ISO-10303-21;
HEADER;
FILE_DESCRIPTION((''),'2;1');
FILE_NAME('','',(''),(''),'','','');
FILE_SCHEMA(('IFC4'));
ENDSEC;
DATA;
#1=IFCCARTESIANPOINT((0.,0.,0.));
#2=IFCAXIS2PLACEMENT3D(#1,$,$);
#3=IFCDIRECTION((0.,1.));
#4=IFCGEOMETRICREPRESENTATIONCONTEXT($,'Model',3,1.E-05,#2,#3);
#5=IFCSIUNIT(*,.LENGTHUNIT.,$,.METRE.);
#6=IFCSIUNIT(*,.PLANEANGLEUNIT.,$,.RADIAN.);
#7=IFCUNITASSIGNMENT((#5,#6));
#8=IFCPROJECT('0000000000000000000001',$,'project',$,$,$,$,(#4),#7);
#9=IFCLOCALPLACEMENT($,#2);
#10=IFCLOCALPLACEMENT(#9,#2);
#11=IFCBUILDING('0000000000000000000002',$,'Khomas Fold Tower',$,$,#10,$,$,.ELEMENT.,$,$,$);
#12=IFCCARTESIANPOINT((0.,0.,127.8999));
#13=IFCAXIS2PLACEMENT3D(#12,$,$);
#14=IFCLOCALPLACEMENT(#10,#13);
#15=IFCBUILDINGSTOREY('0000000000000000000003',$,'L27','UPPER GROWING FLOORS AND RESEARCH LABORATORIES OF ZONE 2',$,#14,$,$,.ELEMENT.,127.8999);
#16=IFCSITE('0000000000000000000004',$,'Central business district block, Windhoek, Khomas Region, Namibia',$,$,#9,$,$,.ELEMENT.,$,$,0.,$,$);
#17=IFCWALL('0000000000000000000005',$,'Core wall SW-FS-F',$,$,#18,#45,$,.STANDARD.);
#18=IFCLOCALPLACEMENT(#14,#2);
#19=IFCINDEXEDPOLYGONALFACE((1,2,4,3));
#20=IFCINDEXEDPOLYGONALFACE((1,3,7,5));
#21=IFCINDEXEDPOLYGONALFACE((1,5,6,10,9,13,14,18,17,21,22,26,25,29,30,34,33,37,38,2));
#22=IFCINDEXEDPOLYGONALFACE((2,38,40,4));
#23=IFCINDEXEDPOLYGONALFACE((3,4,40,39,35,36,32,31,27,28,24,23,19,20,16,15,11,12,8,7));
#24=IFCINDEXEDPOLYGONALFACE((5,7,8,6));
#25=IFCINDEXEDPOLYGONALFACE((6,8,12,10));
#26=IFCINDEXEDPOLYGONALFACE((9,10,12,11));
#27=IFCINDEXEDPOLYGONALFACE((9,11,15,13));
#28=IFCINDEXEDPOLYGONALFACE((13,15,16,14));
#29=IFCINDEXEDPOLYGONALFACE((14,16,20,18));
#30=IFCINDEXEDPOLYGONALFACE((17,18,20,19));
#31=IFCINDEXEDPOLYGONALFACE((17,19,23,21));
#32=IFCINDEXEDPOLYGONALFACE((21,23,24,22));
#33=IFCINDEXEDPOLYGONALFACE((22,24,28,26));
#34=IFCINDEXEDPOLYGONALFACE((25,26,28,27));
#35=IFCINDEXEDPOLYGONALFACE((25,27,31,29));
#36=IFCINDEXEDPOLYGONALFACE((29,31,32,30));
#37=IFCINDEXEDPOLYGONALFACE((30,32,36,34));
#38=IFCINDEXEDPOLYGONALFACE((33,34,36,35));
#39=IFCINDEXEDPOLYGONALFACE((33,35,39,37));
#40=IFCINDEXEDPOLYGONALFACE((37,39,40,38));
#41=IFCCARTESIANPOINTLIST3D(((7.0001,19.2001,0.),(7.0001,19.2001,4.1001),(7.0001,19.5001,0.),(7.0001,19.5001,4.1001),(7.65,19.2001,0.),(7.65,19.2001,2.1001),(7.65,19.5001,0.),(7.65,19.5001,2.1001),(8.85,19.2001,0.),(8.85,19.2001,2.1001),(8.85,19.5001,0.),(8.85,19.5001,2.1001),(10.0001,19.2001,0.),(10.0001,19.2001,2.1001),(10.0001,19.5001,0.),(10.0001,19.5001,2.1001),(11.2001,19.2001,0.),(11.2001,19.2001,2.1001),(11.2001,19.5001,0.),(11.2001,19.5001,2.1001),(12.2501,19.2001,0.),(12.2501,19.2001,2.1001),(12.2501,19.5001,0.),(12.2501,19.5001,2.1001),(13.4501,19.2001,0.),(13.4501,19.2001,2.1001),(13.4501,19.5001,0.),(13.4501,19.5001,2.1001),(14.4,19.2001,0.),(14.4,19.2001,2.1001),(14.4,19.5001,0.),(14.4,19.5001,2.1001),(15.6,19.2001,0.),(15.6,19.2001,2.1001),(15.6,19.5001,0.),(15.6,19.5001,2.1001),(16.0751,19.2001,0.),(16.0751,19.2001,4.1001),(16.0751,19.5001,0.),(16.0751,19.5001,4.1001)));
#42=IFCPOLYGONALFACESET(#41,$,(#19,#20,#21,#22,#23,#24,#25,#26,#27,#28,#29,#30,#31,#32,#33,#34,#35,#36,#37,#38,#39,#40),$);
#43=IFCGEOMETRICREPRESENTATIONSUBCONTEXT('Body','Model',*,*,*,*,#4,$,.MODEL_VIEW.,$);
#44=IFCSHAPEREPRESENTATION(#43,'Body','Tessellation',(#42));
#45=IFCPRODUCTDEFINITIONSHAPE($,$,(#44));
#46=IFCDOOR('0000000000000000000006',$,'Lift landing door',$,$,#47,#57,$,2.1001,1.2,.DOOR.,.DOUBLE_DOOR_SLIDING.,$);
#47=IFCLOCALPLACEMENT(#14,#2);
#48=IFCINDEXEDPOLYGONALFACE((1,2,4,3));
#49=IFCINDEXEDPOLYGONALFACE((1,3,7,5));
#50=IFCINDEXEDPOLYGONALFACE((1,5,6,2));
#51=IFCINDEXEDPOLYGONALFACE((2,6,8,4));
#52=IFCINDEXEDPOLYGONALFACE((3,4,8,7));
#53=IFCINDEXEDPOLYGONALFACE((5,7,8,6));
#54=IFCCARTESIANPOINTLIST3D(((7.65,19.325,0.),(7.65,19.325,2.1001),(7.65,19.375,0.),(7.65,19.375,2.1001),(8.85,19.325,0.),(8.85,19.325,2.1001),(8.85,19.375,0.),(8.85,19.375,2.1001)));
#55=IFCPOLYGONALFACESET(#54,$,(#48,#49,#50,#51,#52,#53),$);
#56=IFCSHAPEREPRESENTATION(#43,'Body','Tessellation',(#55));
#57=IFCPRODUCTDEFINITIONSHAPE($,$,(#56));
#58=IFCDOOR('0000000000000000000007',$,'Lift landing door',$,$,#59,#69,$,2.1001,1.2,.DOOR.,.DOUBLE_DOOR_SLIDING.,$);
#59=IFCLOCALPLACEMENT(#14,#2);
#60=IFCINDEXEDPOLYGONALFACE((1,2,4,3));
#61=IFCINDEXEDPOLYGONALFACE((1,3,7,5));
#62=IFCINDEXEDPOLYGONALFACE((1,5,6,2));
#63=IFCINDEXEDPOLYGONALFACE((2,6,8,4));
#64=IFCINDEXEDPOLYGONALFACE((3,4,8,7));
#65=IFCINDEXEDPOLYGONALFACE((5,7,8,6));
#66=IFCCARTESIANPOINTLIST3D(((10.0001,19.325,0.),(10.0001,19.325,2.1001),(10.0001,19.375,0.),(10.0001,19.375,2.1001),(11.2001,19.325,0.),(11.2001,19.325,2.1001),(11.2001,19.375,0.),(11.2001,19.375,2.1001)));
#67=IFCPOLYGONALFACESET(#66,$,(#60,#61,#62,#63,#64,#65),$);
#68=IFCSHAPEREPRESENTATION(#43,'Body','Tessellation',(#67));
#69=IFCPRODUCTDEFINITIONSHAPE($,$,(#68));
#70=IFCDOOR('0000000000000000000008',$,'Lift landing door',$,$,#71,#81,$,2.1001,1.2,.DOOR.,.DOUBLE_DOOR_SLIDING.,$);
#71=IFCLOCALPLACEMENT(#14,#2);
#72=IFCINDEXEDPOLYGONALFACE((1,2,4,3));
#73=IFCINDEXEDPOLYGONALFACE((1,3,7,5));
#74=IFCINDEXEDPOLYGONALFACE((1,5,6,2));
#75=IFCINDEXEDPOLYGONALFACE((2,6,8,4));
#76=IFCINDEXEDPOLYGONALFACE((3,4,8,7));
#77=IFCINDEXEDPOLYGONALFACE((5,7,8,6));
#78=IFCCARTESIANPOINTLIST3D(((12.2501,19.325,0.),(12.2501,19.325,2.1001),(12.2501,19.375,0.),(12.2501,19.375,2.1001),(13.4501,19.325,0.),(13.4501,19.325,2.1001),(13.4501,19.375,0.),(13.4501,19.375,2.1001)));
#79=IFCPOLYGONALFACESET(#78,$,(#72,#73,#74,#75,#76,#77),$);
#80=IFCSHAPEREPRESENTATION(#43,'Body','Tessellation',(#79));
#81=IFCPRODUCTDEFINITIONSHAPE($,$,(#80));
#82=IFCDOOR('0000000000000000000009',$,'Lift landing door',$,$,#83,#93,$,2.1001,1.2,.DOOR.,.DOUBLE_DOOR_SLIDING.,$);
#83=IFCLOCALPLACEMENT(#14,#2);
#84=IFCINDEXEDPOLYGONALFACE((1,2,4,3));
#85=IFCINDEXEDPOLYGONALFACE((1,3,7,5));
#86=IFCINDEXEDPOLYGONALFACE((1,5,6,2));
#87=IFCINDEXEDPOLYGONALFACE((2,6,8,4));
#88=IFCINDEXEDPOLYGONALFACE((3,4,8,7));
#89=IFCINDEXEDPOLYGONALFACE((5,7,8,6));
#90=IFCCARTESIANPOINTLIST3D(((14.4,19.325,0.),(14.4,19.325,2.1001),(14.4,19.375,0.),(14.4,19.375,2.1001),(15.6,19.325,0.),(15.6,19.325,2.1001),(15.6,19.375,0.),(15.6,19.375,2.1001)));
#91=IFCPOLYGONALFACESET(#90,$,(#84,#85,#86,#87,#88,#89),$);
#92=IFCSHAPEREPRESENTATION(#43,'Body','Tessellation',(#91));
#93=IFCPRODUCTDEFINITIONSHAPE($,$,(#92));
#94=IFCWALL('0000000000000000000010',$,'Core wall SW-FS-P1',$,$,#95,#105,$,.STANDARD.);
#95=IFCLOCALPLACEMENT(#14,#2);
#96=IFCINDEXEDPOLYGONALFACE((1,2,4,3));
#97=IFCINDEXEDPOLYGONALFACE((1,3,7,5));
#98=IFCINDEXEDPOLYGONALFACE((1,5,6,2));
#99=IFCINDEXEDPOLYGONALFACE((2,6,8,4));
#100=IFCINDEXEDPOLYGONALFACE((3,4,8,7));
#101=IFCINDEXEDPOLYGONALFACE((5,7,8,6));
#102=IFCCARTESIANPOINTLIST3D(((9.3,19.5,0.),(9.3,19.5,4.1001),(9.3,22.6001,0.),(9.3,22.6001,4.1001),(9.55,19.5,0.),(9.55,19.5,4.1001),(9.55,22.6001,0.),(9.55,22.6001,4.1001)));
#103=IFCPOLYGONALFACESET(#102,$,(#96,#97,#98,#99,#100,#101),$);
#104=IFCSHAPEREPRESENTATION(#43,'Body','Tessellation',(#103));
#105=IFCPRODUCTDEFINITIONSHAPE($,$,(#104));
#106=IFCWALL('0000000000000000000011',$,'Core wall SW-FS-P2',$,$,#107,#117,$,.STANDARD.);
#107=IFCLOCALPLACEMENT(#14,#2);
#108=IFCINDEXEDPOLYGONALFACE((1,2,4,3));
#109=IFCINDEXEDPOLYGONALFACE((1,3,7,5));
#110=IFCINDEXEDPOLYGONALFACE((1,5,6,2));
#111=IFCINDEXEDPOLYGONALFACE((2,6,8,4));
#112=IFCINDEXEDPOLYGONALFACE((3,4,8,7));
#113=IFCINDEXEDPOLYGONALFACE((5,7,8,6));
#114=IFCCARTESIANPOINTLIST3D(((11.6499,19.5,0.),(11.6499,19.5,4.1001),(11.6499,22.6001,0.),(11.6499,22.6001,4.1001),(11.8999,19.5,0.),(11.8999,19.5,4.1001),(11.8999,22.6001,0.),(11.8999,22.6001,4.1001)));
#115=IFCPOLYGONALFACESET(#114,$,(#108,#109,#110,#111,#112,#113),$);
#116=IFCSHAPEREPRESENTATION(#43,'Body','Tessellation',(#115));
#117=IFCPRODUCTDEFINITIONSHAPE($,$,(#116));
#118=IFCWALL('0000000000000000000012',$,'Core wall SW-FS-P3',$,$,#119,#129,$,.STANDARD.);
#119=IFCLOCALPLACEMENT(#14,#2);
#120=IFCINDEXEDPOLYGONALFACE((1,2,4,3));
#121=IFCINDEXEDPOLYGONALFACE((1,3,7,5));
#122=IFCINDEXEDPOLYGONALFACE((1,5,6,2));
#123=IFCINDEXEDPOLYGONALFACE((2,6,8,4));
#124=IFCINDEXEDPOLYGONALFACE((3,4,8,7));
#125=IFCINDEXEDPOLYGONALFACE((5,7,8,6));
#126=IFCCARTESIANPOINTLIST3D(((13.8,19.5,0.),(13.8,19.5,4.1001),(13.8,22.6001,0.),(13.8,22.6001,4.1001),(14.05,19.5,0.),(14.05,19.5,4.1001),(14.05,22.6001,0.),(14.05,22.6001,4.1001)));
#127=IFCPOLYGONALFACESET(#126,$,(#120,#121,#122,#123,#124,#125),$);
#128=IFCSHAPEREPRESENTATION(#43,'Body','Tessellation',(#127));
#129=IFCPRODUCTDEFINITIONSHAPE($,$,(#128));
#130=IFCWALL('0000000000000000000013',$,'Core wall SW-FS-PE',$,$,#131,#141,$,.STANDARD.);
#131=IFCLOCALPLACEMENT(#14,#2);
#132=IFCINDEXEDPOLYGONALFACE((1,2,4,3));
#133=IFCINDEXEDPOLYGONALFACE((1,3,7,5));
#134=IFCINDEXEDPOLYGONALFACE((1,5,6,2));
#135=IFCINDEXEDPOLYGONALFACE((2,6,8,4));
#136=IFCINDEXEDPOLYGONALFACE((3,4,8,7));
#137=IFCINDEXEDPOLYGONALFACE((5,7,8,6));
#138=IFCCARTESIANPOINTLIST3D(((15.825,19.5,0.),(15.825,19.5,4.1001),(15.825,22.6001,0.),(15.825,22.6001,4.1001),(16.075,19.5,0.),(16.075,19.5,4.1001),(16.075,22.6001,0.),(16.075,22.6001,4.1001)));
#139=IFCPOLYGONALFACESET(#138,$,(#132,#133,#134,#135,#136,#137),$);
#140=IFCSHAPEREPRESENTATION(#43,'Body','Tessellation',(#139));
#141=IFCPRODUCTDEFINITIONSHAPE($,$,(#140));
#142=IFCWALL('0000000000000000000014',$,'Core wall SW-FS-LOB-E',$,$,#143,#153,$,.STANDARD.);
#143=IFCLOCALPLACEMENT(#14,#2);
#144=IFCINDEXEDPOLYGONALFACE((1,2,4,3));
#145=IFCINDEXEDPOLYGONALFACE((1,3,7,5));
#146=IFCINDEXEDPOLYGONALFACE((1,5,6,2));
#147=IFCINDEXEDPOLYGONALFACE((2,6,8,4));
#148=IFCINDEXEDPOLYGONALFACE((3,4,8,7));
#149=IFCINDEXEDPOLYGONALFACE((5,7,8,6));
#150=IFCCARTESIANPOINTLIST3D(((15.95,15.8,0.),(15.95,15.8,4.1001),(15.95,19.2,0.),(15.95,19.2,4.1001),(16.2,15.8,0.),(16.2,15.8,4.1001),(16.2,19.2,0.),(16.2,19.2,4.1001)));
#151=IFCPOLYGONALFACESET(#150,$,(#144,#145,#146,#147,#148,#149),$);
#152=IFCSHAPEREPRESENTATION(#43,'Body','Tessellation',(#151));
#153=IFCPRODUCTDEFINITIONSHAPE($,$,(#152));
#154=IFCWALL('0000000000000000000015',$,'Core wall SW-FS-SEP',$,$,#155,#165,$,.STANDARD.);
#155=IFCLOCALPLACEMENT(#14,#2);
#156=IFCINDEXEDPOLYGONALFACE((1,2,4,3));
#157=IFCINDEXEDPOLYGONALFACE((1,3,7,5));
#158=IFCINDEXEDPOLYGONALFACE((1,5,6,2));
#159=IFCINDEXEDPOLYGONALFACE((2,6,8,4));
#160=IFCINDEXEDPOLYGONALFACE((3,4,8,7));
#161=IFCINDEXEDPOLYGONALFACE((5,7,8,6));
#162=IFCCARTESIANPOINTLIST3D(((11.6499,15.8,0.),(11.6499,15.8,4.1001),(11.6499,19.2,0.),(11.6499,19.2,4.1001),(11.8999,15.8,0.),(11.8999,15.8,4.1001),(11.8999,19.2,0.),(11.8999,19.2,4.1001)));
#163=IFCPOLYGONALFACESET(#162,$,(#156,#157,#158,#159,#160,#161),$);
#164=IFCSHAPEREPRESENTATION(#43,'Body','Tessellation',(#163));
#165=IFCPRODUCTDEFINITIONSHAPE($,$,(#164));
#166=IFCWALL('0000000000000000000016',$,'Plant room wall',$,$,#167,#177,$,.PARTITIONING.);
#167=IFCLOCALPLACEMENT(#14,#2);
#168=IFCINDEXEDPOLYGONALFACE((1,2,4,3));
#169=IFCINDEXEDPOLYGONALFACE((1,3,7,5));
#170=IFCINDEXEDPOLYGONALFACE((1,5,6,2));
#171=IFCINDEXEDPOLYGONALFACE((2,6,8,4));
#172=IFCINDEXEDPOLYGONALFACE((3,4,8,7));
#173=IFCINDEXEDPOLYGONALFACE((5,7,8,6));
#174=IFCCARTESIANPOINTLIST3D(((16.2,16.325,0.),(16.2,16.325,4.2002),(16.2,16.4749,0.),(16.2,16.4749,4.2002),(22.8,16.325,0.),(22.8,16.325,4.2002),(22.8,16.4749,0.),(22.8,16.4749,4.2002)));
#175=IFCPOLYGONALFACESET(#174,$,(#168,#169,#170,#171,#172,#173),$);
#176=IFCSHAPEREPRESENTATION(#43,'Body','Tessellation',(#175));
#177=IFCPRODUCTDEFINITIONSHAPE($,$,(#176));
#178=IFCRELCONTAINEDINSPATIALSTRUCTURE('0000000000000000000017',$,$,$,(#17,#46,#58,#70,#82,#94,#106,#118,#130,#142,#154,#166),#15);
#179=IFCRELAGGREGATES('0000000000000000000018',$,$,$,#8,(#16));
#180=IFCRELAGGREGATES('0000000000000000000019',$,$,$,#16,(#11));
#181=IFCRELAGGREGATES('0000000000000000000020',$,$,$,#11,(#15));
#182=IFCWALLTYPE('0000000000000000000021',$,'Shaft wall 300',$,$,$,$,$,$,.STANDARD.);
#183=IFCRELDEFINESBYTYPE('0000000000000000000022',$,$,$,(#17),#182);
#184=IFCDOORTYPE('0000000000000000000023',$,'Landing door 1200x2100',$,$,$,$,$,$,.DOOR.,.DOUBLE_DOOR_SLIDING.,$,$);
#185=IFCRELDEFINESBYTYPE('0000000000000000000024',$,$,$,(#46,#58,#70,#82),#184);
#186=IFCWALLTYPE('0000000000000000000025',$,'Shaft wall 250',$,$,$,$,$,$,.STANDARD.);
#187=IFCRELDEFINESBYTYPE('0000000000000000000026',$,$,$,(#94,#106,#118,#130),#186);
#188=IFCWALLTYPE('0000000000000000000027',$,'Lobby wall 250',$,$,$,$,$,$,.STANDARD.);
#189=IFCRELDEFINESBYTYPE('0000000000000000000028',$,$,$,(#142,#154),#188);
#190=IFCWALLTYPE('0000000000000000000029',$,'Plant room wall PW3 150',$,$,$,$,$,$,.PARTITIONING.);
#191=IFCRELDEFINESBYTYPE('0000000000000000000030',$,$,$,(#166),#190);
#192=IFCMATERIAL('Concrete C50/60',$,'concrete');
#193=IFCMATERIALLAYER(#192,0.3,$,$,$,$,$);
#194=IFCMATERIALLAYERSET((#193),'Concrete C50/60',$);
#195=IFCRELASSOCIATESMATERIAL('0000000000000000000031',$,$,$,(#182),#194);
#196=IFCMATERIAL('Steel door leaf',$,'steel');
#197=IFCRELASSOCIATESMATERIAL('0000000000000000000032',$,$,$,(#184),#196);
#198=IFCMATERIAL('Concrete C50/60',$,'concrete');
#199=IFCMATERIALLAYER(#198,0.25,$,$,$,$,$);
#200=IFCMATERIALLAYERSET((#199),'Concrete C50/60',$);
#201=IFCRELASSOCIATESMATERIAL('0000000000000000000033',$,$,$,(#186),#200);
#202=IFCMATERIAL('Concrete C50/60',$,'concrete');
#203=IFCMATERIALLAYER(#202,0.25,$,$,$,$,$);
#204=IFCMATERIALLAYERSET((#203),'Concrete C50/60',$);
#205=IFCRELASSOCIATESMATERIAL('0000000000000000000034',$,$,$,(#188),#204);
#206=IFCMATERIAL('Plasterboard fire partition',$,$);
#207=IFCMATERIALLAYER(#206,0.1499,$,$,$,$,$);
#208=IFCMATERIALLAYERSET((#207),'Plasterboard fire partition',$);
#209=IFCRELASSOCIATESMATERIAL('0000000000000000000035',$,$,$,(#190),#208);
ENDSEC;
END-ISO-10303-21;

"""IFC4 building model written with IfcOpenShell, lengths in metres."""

from ifc_helpers import new_model, si_unit, direction, frame, frame_2d, origin, place, context, subcontext, project, spatial, rectangle, extrude, source, transform, mapped, material, layer, layer_set, type_object, element, fill, save


model = new_model("IFC4")

# Units and contexts
model_context = context("Model", 3, precision=1e-05, world=origin(), true_north=direction((0.0, 1.0)))
body_context = subcontext(model_context, "Body", "Model", "MODEL_VIEW")
ifc_project = project(units=[si_unit("LENGTHUNIT", "METRE"), si_unit("PLANEANGLEUNIT", "RADIAN")], contexts=[model_context])

# Site, building, storey
site_placement = place(None, origin())
site = spatial("IfcSite", under=ifc_project, at=site_placement, Name="Central business district block, Windhoek, Khomas Region, Namibia", CompositionType="ELEMENT", RefElevation=0.0)
building_placement = place(site_placement, origin())
building = spatial("IfcBuilding", under=site, at=building_placement, Name="Khomas Fold Tower", CompositionType="ELEMENT")
storey_placement = place(building_placement, frame((0.0, 0.0, 127.8999)))
storey = spatial("IfcBuildingStorey", under=building, at=storey_placement, Name="L27", Description="UPPER GROWING FLOORS AND RESEARCH LABORATORIES OF ZONE 2", CompositionType="ELEMENT", Elevation=127.8999)

# Shared definitions
ifc_material_1 = material(Name="Concrete C50/60", Category="concrete")
ifc_layer_1 = layer(ifc_material_1, 0.3)
ifc_layer_set_1 = layer_set([ifc_layer_1], Name="Concrete C50/60")
wall_type_1 = type_object("IfcWallType", Name="Shaft wall 300", PredefinedType="STANDARD", material=ifc_layer_set_1)

# Wall, openings, doors
shared_shape_1 = source(origin(), body_context, "Body", "SweptSolid", [
    extrude(rectangle(XDim=9.075, YDim=0.3, at=frame_2d((4.5376, 0.0))), origin(), (0.0, 0.0, 1.0), 4.1001),
])
wall_1_placement = place(storey_placement, frame((7.0, 19.3501, 0.0), z_axis=(0.0, 0.0, 1.0), x_axis=(1.0, 0.0, 0.0)))
wall_1 = element("IfcWall", 1, at=wall_1_placement, inside=storey, type_object=wall_type_1, Name="Core wall SW-FS-F", PredefinedType="STANDARD", context=body_context, shape_type="MappedRepresentation", body=[
    mapped(shared_shape_1, transform((0.0, 0.0, 0.0))),
])
shared_shape_2 = source(origin(), body_context, "Body", "SweptSolid", [
    extrude(rectangle(XDim=1.2, YDim=2.1001, at=frame_2d((0.6001, 1.05))), frame((0.0, 0.1599, 0.0), z_axis=(0.0, -1.0, 0.0), x_axis=(1.0, 0.0, 0.0)), (0.0, 0.0, 1.0), 0.3201),
])
opening_1_placement = place(wall_1_placement, frame((0.6499, 0.0, 0.0)))
opening_1 = element("IfcOpeningElement", 2, at=opening_1_placement, cuts=wall_1, PredefinedType="OPENING", context=body_context, shape_type="MappedRepresentation", body=[
    mapped(shared_shape_2, transform((0.0, 0.0, 0.0))),
])
opening_2_placement = place(wall_1_placement, frame((3.0, 0.0, 0.0)))
opening_2 = element("IfcOpeningElement", 3, at=opening_2_placement, cuts=wall_1, PredefinedType="OPENING", context=body_context, shape_type="MappedRepresentation", body=[
    mapped(shared_shape_2, transform((0.0, 0.0, 0.0))),
])
opening_3_placement = place(wall_1_placement, frame((5.25, 0.0, 0.0)))
opening_3 = element("IfcOpeningElement", 4, at=opening_3_placement, cuts=wall_1, PredefinedType="OPENING", context=body_context, shape_type="MappedRepresentation", body=[
    mapped(shared_shape_2, transform((0.0, 0.0, 0.0))),
])
opening_4_placement = place(wall_1_placement, frame((7.3999, 0.0, 0.0)))
opening_4 = element("IfcOpeningElement", 5, at=opening_4_placement, cuts=wall_1, PredefinedType="OPENING", context=body_context, shape_type="MappedRepresentation", body=[
    mapped(shared_shape_2, transform((0.0, 0.0, 0.0))),
])
ifc_material_2 = material(Name="Steel door leaf", Category="steel")
door_type_1 = type_object("IfcDoorType", Name="Landing door 1200x2100", OperationType="DOUBLE_DOOR_SLIDING", PredefinedType="DOOR", material=ifc_material_2)
shared_shape_3 = source(origin(), body_context, "Body", "SweptSolid", [
    extrude(rectangle(XDim=1.2, YDim=2.1001, at=frame_2d((0.6001, 1.05))), frame((0.0, 0.0249, 0.0), z_axis=(0.0, -1.0, 0.0), x_axis=(1.0, 0.0, 0.0)), (0.0, 0.0, 1.0), 0.05),
])
door_1_placement = place(opening_1_placement, origin())
door_1 = element("IfcDoor", 6, at=door_1_placement, inside=storey, type_object=door_type_1, Name="Lift landing door", OperationType="DOUBLE_DOOR_SLIDING", OverallHeight=2.1001, OverallWidth=1.2, PredefinedType="DOOR", context=body_context, shape_type="MappedRepresentation", body=[
    mapped(shared_shape_3, transform((0.0, 0.0, 0.0))),
])
fill(opening_1, door_1)
door_2_placement = place(opening_2_placement, origin())
door_2 = element("IfcDoor", 7, at=door_2_placement, inside=storey, type_object=door_type_1, Name="Lift landing door", OperationType="DOUBLE_DOOR_SLIDING", OverallHeight=2.1001, OverallWidth=1.2, PredefinedType="DOOR", context=body_context, shape_type="MappedRepresentation", body=[
    mapped(shared_shape_3, transform((0.0, 0.0, 0.0))),
])
fill(opening_2, door_2)
door_3_placement = place(opening_3_placement, origin())
door_3 = element("IfcDoor", 8, at=door_3_placement, inside=storey, type_object=door_type_1, Name="Lift landing door", OperationType="DOUBLE_DOOR_SLIDING", OverallHeight=2.1001, OverallWidth=1.2, PredefinedType="DOOR", context=body_context, shape_type="MappedRepresentation", body=[
    mapped(shared_shape_3, transform((0.0, 0.0, 0.0))),
])
fill(opening_3, door_3)
door_4_placement = place(opening_4_placement, origin())
door_4 = element("IfcDoor", 9, at=door_4_placement, inside=storey, type_object=door_type_1, Name="Lift landing door", OperationType="DOUBLE_DOOR_SLIDING", OverallHeight=2.1001, OverallWidth=1.2, PredefinedType="DOOR", context=body_context, shape_type="MappedRepresentation", body=[
    mapped(shared_shape_3, transform((0.0, 0.0, 0.0))),
])
fill(opening_4, door_4)

# Walls
ifc_material_3 = material(Name="Concrete C50/60", Category="concrete")
ifc_layer_2 = layer(ifc_material_3, 0.25)
ifc_layer_set_2 = layer_set([ifc_layer_2], Name="Concrete C50/60")
wall_type_2 = type_object("IfcWallType", Name="Shaft wall 250", PredefinedType="STANDARD", material=ifc_layer_set_2)
shared_shape_4 = source(origin(), body_context, "Body", "SweptSolid", [
    extrude(rectangle(XDim=3.1001, YDim=0.25, at=frame_2d((1.55, 0.0))), origin(), (0.0, 0.0, 1.0), 4.1001),
])
for number, where, z_axis, x_axis, name in (
    (10, (9.425, 19.5, 0.0), (0.0, 0.0, 1.0), (0.0, 1.0, 0.0), "Core wall SW-FS-P1"),
    (11, (11.7749, 19.5, 0.0), (0.0, 0.0, 1.0), (0.0, 1.0, 0.0), "Core wall SW-FS-P2"),
    (12, (13.925, 19.5, 0.0), (0.0, 0.0, 1.0), (0.0, 1.0, 0.0), "Core wall SW-FS-P3"),
    (13, (15.95, 19.5, 0.0), (0.0, 0.0, 1.0), (0.0, 1.0, 0.0), "Core wall SW-FS-PE"),
):
    element("IfcWall", number, at=place(storey_placement, frame(where, z_axis=z_axis, x_axis=x_axis)), inside=storey, type_object=wall_type_2, Name=name, PredefinedType="STANDARD", context=body_context, shape_type="MappedRepresentation", body=[
        mapped(shared_shape_4, transform((0.0, 0.0, 0.0))),
    ])
ifc_material_4 = material(Name="Concrete C50/60", Category="concrete")
ifc_layer_3 = layer(ifc_material_4, 0.25)
ifc_layer_set_3 = layer_set([ifc_layer_3], Name="Concrete C50/60")
wall_type_3 = type_object("IfcWallType", Name="Lobby wall 250", PredefinedType="STANDARD", material=ifc_layer_set_3)
shared_shape_5 = source(origin(), body_context, "Body", "SweptSolid", [
    extrude(rectangle(XDim=3.3999, YDim=0.25, at=frame_2d((1.7, 0.0))), origin(), (0.0, 0.0, 1.0), 4.1001),
])
for number, where, z_axis, x_axis, name in (
    (14, (16.075, 15.8, 0.0), (0.0, 0.0, 1.0), (0.0, 1.0, 0.0), "Core wall SW-FS-LOB-E"),
    (15, (11.7749, 15.8, 0.0), (0.0, 0.0, 1.0), (0.0, 1.0, 0.0), "Core wall SW-FS-SEP"),
):
    element("IfcWall", number, at=place(storey_placement, frame(where, z_axis=z_axis, x_axis=x_axis)), inside=storey, type_object=wall_type_3, Name=name, PredefinedType="STANDARD", context=body_context, shape_type="MappedRepresentation", body=[
        mapped(shared_shape_5, transform((0.0, 0.0, 0.0))),
    ])
ifc_material_5 = material(Name="Plasterboard fire partition")
ifc_layer_4 = layer(ifc_material_5, 0.1499)
ifc_layer_set_4 = layer_set([ifc_layer_4], Name="Plasterboard fire partition")
wall_type_4 = type_object("IfcWallType", Name="Plant room wall PW3 150", PredefinedType="PARTITIONING", material=ifc_layer_set_4)
shared_shape_6 = source(origin(), body_context, "Body", "SweptSolid", [
    extrude(rectangle(XDim=6.6001, YDim=0.1499, at=frame_2d((3.3, 0.0))), origin(), (0.0, 0.0, 1.0), 4.2002),
])
wall_2_placement = place(storey_placement, frame((16.2, 16.3999, 0.0), z_axis=(0.0, 0.0, 1.0), x_axis=(1.0, 0.0, 0.0)))
element("IfcWall", 16, at=wall_2_placement, inside=storey, type_object=wall_type_4, Name="Plant room wall", PredefinedType="PARTITIONING", context=body_context, shape_type="MappedRepresentation", body=[
    mapped(shared_shape_6, transform((0.0, 0.0, 0.0))),
])

save(model, "model.ifc")
